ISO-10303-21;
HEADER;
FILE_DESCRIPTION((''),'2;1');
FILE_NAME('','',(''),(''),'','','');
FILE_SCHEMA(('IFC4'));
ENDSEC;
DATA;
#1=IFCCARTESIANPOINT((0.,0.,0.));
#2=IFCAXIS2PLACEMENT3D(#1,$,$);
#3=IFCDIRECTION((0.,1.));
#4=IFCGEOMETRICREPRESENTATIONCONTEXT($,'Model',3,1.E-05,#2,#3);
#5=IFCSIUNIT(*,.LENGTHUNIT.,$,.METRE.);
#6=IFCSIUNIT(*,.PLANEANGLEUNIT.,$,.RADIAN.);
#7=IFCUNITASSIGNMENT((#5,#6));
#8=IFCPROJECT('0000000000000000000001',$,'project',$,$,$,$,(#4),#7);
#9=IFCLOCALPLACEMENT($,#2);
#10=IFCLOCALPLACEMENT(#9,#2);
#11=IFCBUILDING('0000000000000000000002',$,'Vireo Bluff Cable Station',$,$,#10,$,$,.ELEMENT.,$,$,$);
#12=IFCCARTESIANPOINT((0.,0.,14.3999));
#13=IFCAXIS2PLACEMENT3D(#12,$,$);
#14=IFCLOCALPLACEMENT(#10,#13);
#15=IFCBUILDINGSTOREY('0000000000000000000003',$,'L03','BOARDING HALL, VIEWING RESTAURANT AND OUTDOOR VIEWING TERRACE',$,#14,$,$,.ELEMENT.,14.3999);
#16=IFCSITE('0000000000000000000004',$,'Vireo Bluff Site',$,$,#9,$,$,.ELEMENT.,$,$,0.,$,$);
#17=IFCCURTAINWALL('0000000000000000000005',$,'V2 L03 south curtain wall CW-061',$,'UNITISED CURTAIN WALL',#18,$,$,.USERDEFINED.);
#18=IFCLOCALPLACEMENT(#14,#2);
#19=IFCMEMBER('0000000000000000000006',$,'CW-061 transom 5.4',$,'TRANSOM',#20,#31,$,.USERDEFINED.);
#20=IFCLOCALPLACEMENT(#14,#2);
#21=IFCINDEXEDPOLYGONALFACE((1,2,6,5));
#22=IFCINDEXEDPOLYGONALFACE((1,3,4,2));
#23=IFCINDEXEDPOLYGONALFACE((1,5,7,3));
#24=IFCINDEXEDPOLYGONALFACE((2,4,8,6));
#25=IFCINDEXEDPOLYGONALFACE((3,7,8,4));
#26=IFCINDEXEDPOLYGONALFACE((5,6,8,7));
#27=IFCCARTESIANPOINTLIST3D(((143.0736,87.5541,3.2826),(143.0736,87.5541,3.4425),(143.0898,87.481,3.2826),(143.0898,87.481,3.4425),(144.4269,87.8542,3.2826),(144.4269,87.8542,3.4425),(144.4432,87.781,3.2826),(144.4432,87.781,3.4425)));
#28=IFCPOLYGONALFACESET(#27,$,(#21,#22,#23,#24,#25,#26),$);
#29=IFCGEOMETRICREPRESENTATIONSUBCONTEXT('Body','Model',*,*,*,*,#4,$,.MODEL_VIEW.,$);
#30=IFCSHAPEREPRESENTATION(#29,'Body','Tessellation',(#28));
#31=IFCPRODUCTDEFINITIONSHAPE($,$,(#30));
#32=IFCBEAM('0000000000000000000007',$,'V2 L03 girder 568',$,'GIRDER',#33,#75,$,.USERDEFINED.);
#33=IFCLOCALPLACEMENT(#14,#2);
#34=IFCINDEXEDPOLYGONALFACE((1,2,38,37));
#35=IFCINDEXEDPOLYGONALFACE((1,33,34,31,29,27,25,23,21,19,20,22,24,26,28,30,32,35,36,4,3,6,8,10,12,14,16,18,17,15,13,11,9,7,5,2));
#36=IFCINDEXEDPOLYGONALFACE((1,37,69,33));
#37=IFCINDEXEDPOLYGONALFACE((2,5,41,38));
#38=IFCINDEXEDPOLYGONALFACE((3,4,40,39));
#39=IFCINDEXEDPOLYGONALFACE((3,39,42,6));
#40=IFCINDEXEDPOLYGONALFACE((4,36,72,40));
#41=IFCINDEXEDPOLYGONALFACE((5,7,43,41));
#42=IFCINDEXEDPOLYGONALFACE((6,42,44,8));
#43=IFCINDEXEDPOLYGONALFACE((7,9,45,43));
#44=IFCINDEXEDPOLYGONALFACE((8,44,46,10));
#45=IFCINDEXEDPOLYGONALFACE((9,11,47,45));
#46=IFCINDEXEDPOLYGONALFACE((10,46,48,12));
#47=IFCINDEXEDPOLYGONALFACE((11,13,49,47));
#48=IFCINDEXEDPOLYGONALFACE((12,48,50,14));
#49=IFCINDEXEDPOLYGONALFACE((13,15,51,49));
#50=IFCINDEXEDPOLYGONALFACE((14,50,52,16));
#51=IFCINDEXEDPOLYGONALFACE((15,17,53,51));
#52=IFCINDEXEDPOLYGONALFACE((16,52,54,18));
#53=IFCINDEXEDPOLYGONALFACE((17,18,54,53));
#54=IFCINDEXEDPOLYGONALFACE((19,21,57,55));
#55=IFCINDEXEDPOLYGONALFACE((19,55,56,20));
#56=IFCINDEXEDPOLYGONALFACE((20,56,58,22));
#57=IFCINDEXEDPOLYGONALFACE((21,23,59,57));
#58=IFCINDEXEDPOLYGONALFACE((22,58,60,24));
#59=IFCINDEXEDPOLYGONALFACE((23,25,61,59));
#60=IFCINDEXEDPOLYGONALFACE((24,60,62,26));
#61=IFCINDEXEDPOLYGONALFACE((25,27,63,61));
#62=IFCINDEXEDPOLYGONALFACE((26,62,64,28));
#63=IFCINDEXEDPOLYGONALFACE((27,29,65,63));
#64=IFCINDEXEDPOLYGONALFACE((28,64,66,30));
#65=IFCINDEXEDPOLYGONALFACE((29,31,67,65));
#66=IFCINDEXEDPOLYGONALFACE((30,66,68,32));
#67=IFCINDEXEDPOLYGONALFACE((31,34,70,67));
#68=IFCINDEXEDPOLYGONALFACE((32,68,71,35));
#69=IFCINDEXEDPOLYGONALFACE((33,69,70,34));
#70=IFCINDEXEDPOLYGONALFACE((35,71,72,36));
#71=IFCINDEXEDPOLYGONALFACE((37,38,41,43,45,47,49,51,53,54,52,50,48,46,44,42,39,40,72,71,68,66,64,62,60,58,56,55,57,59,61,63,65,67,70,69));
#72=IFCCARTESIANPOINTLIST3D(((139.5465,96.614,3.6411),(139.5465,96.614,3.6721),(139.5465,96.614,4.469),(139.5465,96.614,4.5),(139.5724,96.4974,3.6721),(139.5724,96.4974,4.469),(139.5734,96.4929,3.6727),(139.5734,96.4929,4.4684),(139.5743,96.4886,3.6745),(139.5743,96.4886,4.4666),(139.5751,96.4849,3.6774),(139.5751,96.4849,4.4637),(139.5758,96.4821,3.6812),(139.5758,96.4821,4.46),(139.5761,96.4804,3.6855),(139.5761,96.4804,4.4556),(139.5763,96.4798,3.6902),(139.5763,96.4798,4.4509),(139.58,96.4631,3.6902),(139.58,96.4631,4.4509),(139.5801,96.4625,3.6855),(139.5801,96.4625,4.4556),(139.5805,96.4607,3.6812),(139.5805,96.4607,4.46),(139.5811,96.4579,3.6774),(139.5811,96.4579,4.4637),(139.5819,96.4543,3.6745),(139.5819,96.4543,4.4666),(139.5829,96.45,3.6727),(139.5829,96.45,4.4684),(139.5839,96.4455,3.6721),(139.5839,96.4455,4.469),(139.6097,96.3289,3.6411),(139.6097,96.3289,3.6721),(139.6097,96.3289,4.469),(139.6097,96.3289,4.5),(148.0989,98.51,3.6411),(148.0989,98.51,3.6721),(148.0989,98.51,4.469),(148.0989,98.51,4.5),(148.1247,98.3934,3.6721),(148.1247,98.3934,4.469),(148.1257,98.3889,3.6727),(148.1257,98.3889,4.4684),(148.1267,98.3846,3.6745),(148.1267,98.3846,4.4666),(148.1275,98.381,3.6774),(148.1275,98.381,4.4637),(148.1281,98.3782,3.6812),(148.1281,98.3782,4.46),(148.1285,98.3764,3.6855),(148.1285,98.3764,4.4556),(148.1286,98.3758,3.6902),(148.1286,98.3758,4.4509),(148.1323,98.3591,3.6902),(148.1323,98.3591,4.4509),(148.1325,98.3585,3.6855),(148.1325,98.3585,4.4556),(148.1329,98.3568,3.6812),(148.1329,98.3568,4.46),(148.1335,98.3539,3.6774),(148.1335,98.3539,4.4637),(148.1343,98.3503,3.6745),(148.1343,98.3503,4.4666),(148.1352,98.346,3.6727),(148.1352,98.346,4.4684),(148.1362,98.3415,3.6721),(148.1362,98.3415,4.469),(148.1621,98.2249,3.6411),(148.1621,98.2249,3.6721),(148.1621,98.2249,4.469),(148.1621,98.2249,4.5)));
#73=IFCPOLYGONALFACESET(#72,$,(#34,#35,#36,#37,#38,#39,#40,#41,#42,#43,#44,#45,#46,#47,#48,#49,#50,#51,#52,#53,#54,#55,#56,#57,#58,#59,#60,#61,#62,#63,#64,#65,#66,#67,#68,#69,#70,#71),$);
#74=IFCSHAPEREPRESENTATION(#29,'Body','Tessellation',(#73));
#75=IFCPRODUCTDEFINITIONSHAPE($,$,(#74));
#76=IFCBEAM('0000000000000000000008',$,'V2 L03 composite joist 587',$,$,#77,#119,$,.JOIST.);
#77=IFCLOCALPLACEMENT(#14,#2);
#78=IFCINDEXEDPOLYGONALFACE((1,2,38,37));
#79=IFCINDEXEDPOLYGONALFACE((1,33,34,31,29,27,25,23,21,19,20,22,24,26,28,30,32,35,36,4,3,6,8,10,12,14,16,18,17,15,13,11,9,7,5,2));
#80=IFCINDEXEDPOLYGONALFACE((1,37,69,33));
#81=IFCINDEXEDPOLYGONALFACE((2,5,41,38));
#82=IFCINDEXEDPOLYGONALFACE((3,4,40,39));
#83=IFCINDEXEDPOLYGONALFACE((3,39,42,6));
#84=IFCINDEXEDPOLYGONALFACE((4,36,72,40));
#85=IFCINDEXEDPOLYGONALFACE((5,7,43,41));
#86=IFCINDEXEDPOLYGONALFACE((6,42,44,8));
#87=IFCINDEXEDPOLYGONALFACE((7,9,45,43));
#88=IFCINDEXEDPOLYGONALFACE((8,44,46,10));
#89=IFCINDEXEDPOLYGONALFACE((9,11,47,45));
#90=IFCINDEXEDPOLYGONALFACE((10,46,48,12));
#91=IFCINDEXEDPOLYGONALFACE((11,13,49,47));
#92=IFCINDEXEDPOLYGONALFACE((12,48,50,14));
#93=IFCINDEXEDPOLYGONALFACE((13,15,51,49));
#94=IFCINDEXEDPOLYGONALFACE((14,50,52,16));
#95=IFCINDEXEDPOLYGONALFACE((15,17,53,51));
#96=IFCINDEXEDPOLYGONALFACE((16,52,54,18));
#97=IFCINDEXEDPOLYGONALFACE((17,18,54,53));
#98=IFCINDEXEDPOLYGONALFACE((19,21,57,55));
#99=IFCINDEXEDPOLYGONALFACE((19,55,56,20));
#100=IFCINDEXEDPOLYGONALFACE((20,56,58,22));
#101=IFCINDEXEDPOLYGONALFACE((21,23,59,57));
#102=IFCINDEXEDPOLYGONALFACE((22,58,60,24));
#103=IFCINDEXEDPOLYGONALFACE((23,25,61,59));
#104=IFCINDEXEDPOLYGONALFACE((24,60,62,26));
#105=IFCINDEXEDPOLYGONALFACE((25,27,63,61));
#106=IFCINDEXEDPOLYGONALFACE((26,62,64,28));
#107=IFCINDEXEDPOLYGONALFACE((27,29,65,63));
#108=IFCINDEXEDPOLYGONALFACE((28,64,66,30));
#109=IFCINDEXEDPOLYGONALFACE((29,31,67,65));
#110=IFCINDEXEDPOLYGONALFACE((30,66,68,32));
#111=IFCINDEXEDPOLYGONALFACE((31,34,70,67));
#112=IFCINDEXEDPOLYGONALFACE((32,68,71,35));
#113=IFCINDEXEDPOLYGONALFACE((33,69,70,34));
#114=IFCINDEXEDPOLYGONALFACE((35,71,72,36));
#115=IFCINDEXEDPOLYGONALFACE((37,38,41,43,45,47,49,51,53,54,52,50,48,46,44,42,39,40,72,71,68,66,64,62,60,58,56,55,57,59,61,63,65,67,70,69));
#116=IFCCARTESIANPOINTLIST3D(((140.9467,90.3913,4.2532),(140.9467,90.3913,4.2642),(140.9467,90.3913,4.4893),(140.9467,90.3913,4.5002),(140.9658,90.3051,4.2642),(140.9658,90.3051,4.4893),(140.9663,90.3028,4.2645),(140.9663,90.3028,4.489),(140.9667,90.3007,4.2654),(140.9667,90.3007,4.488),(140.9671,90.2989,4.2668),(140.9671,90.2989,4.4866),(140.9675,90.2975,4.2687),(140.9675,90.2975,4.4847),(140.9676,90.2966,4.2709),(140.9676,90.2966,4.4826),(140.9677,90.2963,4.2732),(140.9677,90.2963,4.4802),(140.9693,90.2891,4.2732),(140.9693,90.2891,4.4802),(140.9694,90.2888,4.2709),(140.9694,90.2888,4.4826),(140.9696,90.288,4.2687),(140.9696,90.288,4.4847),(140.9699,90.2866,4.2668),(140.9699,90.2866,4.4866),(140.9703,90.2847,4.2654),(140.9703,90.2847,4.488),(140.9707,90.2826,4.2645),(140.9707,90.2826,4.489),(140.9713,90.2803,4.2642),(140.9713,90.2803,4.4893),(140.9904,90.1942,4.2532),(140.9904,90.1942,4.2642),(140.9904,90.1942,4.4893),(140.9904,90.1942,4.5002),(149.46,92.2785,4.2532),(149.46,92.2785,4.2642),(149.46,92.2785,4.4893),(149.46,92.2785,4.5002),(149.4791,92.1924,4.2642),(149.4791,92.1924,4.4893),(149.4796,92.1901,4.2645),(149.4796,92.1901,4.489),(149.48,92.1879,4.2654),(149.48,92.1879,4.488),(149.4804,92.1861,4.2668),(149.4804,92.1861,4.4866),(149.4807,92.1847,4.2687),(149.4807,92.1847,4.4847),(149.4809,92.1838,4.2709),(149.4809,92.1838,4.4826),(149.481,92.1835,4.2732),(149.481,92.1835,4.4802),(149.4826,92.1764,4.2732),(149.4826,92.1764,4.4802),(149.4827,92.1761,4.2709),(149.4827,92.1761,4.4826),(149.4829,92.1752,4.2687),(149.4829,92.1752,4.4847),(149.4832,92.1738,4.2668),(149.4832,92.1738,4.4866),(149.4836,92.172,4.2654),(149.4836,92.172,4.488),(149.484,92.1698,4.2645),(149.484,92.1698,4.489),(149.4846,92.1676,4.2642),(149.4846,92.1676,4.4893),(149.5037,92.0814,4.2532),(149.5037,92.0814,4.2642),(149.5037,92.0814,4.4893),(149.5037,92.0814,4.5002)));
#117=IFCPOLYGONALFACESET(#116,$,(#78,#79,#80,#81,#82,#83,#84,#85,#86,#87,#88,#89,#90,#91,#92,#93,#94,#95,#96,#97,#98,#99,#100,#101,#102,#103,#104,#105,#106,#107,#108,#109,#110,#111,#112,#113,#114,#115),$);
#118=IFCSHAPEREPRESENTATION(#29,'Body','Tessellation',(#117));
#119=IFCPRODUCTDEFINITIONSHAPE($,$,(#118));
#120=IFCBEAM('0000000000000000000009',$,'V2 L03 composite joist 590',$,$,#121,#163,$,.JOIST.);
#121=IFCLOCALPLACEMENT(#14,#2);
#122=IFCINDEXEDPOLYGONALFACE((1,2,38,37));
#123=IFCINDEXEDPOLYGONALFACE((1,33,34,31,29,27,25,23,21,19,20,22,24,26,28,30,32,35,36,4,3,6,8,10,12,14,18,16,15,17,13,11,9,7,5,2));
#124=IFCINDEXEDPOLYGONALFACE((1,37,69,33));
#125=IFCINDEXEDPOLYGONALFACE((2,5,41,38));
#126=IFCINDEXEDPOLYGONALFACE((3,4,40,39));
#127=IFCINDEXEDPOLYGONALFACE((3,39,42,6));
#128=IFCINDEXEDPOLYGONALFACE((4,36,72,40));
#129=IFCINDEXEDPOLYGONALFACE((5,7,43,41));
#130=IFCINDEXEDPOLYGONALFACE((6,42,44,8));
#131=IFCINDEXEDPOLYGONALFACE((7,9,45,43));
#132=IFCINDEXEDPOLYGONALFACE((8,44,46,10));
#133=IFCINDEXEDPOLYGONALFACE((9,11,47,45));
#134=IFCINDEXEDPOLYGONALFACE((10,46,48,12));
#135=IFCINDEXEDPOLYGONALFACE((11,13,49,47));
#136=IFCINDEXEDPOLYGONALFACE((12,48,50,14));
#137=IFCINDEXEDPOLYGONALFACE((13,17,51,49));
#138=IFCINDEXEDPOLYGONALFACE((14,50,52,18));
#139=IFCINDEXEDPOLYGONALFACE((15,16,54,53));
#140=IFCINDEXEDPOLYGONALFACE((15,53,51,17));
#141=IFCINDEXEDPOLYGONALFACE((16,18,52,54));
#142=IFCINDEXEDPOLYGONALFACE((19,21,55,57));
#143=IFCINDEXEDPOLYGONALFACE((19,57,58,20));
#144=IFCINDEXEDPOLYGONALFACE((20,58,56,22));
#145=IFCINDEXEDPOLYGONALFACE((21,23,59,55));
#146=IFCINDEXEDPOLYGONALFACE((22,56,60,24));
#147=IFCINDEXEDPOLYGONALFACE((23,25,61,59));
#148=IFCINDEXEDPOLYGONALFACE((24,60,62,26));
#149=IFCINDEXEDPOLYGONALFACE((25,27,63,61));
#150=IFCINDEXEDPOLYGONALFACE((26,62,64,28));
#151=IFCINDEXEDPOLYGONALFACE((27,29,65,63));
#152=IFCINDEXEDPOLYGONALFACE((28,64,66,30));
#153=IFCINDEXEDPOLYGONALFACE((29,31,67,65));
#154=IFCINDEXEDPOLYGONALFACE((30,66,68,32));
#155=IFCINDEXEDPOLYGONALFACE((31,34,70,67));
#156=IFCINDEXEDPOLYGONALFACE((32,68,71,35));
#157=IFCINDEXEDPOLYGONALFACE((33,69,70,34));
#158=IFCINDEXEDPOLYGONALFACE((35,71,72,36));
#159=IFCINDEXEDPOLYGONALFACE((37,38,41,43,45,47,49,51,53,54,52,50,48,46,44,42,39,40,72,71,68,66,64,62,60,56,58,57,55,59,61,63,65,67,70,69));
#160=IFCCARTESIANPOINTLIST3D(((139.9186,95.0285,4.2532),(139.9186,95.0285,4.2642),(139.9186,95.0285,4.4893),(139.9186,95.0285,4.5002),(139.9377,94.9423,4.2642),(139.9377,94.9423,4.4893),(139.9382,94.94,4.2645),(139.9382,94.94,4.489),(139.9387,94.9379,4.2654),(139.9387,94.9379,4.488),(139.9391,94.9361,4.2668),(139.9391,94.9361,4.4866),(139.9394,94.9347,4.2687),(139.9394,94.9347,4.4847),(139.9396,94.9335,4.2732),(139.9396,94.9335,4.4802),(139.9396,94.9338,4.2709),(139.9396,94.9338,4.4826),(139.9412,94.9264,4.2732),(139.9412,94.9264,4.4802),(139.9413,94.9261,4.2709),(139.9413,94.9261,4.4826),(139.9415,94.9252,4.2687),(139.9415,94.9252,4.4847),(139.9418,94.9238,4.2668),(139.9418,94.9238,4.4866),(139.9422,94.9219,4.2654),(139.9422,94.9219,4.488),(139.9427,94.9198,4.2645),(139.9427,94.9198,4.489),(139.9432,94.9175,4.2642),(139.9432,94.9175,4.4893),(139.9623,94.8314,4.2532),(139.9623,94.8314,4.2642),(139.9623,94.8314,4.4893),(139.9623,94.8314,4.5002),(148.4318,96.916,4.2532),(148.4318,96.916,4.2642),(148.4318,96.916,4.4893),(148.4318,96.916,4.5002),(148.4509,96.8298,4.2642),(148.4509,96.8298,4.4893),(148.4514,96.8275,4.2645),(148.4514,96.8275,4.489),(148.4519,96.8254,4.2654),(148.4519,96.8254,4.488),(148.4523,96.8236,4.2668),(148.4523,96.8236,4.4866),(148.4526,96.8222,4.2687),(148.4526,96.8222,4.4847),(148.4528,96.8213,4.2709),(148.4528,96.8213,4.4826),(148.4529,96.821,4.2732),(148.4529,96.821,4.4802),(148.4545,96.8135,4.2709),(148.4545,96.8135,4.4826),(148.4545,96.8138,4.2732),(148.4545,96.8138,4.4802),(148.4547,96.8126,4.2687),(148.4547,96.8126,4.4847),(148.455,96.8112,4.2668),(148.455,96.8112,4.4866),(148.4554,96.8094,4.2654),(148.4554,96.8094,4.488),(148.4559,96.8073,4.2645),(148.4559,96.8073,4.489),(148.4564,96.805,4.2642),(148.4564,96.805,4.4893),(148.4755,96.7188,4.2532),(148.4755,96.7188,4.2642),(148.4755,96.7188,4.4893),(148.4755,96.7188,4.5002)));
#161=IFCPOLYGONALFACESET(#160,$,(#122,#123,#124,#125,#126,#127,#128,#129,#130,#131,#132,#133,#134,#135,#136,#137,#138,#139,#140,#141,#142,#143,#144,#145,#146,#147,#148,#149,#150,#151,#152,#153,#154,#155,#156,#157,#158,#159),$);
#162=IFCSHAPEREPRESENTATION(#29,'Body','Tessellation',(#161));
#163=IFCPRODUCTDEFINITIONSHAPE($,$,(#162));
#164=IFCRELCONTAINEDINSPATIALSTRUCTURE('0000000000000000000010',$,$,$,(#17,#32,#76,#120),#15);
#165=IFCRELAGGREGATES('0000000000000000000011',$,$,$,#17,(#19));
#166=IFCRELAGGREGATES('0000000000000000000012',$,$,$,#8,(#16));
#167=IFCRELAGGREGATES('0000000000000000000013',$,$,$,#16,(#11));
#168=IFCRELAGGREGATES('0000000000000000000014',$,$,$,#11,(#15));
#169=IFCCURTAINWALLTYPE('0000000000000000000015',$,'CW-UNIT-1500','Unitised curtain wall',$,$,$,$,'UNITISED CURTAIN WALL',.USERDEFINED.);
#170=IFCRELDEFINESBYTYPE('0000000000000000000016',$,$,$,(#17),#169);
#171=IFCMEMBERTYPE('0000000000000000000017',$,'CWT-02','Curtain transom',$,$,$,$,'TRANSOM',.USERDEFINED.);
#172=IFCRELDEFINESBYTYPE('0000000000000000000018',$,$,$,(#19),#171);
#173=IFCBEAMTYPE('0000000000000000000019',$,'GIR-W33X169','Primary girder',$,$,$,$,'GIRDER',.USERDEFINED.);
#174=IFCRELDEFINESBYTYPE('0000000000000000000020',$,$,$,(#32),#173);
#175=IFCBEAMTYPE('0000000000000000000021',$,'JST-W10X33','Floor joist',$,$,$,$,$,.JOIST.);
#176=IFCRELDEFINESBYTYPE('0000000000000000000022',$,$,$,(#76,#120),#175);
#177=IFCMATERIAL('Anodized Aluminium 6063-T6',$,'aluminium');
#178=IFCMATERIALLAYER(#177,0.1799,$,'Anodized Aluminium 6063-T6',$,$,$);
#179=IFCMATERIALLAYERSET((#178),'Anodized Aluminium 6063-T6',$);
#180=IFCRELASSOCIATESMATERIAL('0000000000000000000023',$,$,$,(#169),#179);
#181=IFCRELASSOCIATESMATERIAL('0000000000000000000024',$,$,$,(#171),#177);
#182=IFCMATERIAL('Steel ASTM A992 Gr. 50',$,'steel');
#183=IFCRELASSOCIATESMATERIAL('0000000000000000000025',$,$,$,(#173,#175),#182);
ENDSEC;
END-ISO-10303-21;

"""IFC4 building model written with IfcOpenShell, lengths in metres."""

from ifc_helpers import new_model, si_unit, direction, frame, origin, origin_2d, place, context, subcontext, project, spatial, rectangle, i_section, extrude, material, layer, layer_set, material_profile, profile_set, type_object, element, aggregate, save


model = new_model("IFC4")

# Units and contexts
model_context = context("Model", 3, precision=1e-05, world=origin(), true_north=direction((0.0, 1.0)))
body_context = subcontext(model_context, "Body", "Model", "MODEL_VIEW")
ifc_project = project(units=[si_unit("LENGTHUNIT", "METRE"), si_unit("PLANEANGLEUNIT", "RADIAN")], contexts=[model_context])

# Site, building, storey
site_placement = place(None, origin())
site = spatial("IfcSite", under=ifc_project, at=site_placement, Name="Vireo Bluff Site", CompositionType="ELEMENT", RefElevation=0.0)
building_placement = place(site_placement, origin())
building = spatial("IfcBuilding", under=site, at=building_placement, Name="Vireo Bluff Cable Station", CompositionType="ELEMENT")
storey_placement = place(building_placement, frame((0.0, 0.0, 14.3999)))
storey = spatial("IfcBuildingStorey", under=building, at=storey_placement, Name="L03", Description="BOARDING HALL, VIEWING RESTAURANT AND OUTDOOR VIEWING TERRACE", CompositionType="ELEMENT", Elevation=14.3999)

# Shared definitions
ifc_material_1 = material(Name="Steel ASTM A992 Gr. 50", Category="steel")

# Curtain wall, member
ifc_material_2 = material(Name="Anodized Aluminium 6063-T6", Category="aluminium")
ifc_layer_1 = layer(ifc_material_2, 0.1799, Name="Anodized Aluminium 6063-T6")
ifc_layer_set_1 = layer_set([ifc_layer_1], Name="Anodized Aluminium 6063-T6")
curtain_wall_type = type_object("IfcCurtainWallType", Name="CW-UNIT-1500", Description="Unitised curtain wall", ElementType="UNITISED CURTAIN WALL", PredefinedType="USERDEFINED", material=ifc_layer_set_1)
curtain_wall_placement = place(storey_placement, origin())
curtain_wall = element("IfcCurtainWall", 1, at=curtain_wall_placement, inside=storey, type_object=curtain_wall_type, Name="V2 L03 south curtain wall CW-061", ObjectType="UNITISED CURTAIN WALL", PredefinedType="USERDEFINED")
ifc_material_profile_1 = material_profile(ifc_material_2, rectangle(XDim=0.075, YDim=0.1599, at=origin_2d()), Name="ALU-T-75X160")
ifc_profile_set_1 = profile_set([ifc_material_profile_1], Name="Anodized Aluminium 6063-T6")
member_type_1 = type_object("IfcMemberType", Name="CWT-02", Description="Curtain transom", ElementType="TRANSOM", PredefinedType="USERDEFINED", material=ifc_profile_set_1)
member_1_placement = place(storey_placement, frame((144.4351, 87.8176, 3.3625), z_axis=(-0.976291, -0.216464, 0.0), x_axis=(0.216464, -0.976291, 0.0)))
member_1 = element("IfcMember", 2, at=member_1_placement, type_object=member_type_1, Name="CW-061 transom 5.4", ObjectType="TRANSOM", PredefinedType="USERDEFINED", context=body_context, shape_type="SweptSolid", body=[
    extrude(rectangle(XDim=0.075, YDim=0.1599, at=origin_2d()), origin(), (0.0, 0.0, 1.0), 1.3862),
])

# Beams
ifc_material_profile_2 = material_profile(ifc_material_1, i_section(OverallWidth=0.292, OverallDepth=0.8589, WebThickness=0.0171, FlangeThickness=0.031, FilletRadius=0.0181, at=origin_2d()), Name="W33X169")
ifc_profile_set_2 = profile_set([ifc_material_profile_2], Name="Steel ASTM A992 Gr. 50")
beam_type_1 = type_object("IfcBeamType", Name="GIR-W33X169", Description="Primary girder", ElementType="GIRDER", PredefinedType="USERDEFINED", material=ifc_profile_set_2)
beam_1_placement = place(storey_placement, frame((139.5781, 96.4714, 4.0706), z_axis=(0.976296, 0.216441, 0.0), x_axis=(-0.216441, 0.976296, 0.0)))
element("IfcBeam", 3, at=beam_1_placement, inside=storey, type_object=beam_type_1, Name="V2 L03 girder 568", ObjectType="GIRDER", PredefinedType="USERDEFINED", context=body_context, shape_type="SweptSolid", body=[
    extrude(i_section(OverallWidth=0.292, OverallDepth=0.8589, WebThickness=0.0171, FlangeThickness=0.031, FilletRadius=0.0181, at=origin_2d()), origin(), (0.0, 0.0, 1.0), 8.76),
])
ifc_material_profile_3 = material_profile(ifc_material_1, i_section(OverallWidth=0.2019, OverallDepth=0.2471, WebThickness=0.0073, FlangeThickness=0.011, FilletRadius=0.009, at=origin_2d()), Name="W10X33")
ifc_profile_set_3 = profile_set([ifc_material_profile_3], Name="Steel ASTM A992 Gr. 50")
beam_type_2 = type_object("IfcBeamType", Name="JST-W10X33", Description="Floor joist", PredefinedType="JOIST", material=ifc_profile_set_3)
for number, where, z_axis, x_axis, name in (
    (4, (140.9685, 90.2927, 4.3767), (0.976299, 0.216426, 0.0), (-0.216426, 0.976299, 0.0), "V2 L03 composite joist 587"),
    (5, (139.9404, 94.9299, 4.3767), (0.976293, 0.216453, 0.0), (-0.216453, 0.976293, 0.0), "V2 L03 composite joist 590"),
):
    element("IfcBeam", number, at=place(storey_placement, frame(where, z_axis=z_axis, x_axis=x_axis)), inside=storey, type_object=beam_type_2, Name=name, PredefinedType="JOIST", context=body_context, shape_type="SweptSolid", body=[
        extrude(i_section(OverallWidth=0.2019, OverallDepth=0.2471, WebThickness=0.0073, FlangeThickness=0.011, FilletRadius=0.009, at=origin_2d()), origin(), (0.0, 0.0, 1.0), 8.72),
    ])

aggregate(curtain_wall, [member_1])

save(model, "model.ifc")
